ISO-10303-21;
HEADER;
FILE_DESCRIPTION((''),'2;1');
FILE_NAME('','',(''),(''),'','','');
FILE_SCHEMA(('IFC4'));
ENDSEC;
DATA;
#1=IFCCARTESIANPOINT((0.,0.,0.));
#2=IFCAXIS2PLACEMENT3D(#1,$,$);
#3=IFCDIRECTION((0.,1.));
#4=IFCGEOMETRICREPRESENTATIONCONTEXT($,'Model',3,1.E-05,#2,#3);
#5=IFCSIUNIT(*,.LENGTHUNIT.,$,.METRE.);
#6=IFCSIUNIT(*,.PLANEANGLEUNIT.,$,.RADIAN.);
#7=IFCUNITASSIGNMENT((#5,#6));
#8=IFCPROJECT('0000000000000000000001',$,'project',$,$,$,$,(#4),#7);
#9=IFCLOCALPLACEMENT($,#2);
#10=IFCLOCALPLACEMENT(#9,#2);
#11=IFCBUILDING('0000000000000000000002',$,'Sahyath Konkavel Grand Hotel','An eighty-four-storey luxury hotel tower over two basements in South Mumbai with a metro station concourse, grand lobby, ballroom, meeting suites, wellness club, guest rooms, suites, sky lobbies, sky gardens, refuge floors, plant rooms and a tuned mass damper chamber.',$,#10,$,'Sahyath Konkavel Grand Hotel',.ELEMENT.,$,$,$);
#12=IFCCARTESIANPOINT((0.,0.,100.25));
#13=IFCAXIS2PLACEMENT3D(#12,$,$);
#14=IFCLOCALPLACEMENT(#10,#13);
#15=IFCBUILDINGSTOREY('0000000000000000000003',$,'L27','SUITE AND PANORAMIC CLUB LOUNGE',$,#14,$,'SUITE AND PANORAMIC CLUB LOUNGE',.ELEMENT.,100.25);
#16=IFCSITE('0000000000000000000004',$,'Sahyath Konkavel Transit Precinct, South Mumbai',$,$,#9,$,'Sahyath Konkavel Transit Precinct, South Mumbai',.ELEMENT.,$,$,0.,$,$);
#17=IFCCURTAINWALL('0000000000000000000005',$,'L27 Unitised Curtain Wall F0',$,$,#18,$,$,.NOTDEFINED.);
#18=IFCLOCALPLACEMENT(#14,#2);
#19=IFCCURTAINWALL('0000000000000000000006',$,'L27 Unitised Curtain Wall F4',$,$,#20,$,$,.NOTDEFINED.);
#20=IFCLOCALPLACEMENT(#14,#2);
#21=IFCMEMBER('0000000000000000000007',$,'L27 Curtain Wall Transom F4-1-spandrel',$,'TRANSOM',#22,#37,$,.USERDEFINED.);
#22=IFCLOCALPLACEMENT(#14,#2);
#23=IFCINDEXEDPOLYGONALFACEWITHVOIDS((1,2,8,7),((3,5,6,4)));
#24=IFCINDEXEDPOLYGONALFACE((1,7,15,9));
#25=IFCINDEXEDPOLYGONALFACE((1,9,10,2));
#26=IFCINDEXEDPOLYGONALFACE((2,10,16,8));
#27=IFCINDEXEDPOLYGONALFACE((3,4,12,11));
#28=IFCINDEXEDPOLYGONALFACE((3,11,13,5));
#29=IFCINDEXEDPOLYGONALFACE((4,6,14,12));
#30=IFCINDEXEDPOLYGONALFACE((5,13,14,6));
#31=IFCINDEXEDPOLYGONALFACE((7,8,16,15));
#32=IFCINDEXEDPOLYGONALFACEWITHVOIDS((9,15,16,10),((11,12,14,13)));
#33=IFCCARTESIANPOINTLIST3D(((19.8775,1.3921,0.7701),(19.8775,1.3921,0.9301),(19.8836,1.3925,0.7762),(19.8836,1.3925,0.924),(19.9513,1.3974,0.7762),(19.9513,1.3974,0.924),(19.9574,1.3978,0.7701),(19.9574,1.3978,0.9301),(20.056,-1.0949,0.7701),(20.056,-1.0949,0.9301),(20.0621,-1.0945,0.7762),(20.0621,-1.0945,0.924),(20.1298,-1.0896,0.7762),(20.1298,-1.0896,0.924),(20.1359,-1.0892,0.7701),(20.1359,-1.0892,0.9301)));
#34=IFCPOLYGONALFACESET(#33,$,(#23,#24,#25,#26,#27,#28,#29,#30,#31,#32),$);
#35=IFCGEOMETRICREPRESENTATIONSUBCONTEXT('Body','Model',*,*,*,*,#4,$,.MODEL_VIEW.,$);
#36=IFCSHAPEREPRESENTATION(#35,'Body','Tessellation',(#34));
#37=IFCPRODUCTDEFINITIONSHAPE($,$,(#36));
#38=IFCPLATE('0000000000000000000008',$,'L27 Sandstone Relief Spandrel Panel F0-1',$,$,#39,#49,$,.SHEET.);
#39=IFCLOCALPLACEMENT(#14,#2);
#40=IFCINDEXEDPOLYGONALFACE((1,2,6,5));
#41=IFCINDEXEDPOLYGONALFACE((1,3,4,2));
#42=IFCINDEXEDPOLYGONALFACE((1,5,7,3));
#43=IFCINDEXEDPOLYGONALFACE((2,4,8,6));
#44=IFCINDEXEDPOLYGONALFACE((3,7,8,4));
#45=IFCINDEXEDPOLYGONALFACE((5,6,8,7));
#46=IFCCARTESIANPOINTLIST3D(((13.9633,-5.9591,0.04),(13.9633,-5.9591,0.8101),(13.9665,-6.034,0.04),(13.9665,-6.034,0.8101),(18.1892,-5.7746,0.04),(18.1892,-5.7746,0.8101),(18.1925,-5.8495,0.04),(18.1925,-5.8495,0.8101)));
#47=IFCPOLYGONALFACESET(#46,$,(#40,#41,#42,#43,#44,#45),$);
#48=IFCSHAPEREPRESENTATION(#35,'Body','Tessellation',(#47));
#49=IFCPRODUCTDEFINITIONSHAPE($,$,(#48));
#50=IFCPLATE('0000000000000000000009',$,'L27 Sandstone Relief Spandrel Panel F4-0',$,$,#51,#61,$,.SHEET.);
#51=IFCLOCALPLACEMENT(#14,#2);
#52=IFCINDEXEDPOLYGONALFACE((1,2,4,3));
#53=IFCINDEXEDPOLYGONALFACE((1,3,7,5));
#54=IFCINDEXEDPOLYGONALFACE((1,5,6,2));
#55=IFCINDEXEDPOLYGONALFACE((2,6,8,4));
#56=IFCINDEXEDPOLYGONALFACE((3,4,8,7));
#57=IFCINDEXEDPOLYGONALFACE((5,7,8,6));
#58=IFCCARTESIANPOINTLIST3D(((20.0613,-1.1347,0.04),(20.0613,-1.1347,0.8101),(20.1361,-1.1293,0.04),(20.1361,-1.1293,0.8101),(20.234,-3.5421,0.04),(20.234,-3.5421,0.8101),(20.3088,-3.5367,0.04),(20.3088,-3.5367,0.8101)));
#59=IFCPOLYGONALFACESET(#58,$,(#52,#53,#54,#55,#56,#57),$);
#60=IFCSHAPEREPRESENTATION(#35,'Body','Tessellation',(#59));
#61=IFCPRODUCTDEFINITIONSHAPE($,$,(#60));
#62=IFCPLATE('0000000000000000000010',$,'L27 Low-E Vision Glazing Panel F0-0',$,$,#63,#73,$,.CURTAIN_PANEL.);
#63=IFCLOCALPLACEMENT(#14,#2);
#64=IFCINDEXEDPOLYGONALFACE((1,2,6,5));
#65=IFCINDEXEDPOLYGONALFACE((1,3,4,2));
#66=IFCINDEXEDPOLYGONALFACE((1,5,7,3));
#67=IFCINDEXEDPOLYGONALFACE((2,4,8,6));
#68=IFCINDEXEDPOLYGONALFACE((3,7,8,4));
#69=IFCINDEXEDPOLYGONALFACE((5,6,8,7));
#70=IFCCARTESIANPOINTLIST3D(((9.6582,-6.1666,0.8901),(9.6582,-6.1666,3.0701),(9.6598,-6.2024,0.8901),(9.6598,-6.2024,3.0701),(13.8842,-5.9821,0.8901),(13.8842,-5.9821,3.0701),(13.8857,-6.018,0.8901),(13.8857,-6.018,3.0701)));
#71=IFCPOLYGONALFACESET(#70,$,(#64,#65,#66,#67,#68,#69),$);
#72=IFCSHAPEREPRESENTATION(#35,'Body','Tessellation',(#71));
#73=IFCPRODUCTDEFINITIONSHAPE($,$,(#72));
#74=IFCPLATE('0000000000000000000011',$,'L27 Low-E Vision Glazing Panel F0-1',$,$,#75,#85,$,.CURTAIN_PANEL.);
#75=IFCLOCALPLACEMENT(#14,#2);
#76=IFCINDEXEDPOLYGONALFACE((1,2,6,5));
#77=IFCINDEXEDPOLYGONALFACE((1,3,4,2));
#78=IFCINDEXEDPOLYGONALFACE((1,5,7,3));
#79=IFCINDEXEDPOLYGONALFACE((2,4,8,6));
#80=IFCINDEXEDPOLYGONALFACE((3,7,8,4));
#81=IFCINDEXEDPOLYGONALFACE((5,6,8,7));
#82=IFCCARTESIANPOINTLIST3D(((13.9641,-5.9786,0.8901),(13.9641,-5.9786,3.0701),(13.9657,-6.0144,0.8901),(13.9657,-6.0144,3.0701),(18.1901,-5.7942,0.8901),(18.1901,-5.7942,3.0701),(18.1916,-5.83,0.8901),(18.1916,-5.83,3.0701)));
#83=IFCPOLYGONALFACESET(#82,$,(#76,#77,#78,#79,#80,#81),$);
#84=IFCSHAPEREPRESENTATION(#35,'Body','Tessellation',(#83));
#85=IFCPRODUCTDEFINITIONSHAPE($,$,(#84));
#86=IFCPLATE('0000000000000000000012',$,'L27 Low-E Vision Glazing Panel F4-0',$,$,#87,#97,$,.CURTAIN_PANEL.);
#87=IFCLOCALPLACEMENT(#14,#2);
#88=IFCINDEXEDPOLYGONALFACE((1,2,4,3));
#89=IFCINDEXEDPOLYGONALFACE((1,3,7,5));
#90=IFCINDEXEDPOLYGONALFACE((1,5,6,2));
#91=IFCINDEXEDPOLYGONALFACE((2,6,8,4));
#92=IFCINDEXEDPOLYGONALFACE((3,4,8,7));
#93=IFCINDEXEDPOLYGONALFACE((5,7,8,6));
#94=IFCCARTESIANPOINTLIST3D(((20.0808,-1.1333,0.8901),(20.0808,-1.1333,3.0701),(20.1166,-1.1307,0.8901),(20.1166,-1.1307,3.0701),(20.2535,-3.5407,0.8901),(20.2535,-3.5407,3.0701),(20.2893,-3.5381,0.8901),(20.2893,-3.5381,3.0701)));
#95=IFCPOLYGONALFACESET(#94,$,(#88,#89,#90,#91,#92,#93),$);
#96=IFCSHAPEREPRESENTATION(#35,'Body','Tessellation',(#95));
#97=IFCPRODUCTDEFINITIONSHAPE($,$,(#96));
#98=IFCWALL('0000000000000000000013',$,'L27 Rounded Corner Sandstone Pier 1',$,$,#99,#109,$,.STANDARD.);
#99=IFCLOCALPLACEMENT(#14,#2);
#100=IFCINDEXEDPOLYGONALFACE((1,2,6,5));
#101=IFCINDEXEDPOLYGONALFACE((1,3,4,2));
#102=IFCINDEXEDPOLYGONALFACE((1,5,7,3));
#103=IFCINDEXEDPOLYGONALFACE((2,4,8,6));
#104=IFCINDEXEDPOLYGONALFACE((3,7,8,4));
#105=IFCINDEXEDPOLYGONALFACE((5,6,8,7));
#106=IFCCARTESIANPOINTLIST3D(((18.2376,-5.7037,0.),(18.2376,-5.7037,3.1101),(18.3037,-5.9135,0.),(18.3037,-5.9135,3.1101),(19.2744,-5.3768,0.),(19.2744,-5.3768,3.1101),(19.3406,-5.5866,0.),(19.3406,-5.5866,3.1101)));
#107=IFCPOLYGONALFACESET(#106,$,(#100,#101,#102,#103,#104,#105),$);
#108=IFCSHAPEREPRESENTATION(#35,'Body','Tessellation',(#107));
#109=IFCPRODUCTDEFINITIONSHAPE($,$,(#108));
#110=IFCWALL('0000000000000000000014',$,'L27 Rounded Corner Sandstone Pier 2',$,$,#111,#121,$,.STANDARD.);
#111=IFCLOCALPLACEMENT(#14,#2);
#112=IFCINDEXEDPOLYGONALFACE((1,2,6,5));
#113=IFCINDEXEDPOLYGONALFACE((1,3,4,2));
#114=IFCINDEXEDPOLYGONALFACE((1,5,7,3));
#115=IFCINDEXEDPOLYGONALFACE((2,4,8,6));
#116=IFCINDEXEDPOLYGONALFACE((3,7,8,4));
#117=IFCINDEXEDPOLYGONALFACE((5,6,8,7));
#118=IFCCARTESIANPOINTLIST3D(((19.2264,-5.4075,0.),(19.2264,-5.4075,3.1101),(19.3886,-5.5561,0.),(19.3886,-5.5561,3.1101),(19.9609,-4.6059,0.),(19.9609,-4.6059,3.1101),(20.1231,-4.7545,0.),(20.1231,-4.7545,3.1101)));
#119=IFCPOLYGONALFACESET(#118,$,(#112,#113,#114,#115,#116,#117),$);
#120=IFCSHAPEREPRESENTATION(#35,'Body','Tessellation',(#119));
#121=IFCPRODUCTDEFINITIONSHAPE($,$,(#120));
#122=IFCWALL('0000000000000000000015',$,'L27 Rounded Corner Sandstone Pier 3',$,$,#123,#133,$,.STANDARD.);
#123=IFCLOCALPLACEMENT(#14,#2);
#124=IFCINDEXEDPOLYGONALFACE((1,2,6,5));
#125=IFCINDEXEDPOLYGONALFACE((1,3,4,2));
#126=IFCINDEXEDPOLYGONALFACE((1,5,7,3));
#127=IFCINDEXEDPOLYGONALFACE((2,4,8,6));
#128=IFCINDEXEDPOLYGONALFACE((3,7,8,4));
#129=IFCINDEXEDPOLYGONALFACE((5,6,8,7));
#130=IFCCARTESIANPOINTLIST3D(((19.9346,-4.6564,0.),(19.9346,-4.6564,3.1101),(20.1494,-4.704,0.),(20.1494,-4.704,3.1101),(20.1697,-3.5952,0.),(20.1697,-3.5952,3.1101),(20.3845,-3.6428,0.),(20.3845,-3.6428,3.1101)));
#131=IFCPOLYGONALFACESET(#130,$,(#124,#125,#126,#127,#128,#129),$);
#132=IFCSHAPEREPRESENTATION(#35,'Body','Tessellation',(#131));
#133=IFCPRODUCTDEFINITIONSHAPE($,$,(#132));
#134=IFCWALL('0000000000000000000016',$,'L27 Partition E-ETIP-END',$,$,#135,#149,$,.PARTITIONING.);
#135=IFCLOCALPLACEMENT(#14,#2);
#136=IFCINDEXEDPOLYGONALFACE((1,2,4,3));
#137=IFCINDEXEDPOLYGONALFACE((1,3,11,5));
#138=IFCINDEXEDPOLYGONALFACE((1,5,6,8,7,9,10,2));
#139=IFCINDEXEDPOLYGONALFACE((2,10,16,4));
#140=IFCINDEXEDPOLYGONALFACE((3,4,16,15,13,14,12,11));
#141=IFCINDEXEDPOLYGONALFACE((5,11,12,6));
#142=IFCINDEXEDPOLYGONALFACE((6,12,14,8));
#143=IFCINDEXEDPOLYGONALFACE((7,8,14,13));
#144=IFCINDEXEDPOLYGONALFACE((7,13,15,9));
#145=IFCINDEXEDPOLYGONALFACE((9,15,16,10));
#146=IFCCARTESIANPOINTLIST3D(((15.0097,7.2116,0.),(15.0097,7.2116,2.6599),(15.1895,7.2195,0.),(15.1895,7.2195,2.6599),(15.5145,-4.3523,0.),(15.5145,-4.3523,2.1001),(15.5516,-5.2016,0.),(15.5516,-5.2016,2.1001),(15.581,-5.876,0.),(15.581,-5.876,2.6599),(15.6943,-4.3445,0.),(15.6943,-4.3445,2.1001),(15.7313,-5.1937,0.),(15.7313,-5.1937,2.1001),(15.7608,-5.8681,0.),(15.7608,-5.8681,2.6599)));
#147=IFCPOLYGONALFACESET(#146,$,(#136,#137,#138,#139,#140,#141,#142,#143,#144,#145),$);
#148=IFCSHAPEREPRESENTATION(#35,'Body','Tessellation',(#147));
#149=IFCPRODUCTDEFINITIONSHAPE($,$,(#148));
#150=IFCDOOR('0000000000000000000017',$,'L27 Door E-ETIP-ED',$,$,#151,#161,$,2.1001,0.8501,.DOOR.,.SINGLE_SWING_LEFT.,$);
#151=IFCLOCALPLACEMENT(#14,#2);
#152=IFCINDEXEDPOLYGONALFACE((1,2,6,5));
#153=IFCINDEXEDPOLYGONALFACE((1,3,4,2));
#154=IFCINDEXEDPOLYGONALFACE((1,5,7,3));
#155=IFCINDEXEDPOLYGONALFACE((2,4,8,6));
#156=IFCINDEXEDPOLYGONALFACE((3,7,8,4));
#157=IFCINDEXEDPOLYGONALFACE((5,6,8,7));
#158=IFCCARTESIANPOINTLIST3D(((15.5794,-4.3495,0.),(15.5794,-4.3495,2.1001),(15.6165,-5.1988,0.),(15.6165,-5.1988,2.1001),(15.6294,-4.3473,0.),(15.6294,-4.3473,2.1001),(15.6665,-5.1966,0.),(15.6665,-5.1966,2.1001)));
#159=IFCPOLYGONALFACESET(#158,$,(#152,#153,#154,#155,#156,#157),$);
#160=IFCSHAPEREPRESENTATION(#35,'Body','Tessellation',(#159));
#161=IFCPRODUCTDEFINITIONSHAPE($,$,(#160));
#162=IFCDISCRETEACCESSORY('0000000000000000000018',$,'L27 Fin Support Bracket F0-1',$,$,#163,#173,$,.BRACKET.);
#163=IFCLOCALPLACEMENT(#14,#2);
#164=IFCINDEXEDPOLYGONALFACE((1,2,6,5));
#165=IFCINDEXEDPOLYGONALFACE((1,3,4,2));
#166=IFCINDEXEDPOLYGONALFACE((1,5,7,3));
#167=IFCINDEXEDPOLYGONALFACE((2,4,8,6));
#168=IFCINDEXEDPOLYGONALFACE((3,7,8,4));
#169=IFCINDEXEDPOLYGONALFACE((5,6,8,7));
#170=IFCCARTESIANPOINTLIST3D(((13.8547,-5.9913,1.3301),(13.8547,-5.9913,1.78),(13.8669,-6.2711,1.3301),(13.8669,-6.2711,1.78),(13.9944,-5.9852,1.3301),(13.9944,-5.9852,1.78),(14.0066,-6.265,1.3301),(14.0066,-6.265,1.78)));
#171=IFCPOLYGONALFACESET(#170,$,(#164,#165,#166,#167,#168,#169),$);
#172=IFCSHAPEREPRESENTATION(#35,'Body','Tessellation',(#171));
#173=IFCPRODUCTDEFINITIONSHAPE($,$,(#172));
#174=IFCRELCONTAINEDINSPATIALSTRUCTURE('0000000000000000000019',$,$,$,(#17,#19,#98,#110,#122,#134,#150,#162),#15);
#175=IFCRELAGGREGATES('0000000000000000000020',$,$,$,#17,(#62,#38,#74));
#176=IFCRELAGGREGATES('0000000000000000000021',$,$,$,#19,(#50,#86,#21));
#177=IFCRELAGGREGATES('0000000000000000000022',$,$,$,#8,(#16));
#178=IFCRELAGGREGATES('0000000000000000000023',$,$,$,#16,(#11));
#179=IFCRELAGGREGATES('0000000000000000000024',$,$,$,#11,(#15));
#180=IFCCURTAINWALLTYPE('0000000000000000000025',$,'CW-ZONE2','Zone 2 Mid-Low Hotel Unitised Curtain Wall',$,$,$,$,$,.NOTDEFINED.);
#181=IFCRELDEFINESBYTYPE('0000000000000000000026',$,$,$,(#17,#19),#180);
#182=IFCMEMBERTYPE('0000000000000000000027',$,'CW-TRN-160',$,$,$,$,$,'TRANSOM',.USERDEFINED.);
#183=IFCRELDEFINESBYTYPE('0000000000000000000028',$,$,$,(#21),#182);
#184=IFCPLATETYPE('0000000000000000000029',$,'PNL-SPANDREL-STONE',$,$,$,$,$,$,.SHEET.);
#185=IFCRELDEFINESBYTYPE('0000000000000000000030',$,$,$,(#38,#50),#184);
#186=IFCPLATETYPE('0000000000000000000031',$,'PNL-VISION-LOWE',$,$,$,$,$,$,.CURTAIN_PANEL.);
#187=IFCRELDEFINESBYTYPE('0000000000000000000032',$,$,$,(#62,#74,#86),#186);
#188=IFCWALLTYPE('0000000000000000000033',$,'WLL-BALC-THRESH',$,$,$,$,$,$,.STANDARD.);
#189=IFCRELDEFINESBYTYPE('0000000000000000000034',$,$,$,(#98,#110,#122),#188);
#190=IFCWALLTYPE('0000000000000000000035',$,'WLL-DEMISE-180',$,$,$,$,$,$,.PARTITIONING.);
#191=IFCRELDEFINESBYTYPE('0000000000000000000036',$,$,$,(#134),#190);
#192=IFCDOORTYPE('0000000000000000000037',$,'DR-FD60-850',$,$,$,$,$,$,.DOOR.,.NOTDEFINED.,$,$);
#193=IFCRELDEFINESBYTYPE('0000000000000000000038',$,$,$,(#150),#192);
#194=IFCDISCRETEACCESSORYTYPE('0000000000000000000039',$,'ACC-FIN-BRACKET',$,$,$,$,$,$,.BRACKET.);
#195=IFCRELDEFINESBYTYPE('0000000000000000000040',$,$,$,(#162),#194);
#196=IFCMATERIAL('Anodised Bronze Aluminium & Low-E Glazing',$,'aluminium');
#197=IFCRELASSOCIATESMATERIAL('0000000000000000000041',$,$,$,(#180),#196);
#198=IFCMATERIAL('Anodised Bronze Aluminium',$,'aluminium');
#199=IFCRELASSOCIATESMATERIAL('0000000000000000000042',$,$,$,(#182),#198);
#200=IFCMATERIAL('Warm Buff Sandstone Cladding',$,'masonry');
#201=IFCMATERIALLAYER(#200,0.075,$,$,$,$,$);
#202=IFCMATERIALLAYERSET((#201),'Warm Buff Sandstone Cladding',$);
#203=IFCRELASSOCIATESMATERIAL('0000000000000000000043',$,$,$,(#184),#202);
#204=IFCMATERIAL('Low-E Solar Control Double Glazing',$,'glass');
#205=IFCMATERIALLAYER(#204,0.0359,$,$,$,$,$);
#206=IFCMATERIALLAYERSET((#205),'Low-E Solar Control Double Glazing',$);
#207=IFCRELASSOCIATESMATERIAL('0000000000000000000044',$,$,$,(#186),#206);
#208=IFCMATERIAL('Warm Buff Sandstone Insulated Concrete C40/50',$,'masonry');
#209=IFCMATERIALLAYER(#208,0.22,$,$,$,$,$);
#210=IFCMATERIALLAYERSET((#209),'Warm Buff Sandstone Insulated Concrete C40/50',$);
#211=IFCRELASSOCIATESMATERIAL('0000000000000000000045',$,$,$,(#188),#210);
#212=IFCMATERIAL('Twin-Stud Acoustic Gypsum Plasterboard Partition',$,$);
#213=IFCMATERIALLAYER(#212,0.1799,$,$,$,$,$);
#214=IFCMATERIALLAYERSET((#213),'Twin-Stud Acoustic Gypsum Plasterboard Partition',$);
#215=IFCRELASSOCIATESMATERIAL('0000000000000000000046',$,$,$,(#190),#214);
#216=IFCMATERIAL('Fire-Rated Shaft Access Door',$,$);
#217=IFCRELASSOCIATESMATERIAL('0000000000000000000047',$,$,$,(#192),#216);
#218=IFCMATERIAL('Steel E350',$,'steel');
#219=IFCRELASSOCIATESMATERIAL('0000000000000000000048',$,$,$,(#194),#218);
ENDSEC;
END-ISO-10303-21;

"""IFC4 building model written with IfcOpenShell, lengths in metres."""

from ifc_helpers import new_model, si_unit, direction, frame, frame_2d, origin, origin_2d, place, context, subcontext, project, spatial, rectangle, hollow_rectangle, extrude, source, transform, mapped, material, layer, layer_set, material_profile, profile_set, type_object, element, fill, aggregate, save


model = new_model("IFC4")

# Units and contexts
model_context = context("Model", 3, precision=1e-05, world=origin(), true_north=direction((0.0, 1.0)))
body_context = subcontext(model_context, "Body", "Model", "MODEL_VIEW")
ifc_project = project(units=[si_unit("LENGTHUNIT", "METRE"), si_unit("PLANEANGLEUNIT", "RADIAN")], contexts=[model_context])

# Site, building, storey
site_placement = place(None, origin())
site = spatial("IfcSite", under=ifc_project, at=site_placement, Name="Sahyath Konkavel Transit Precinct, South Mumbai", LongName="Sahyath Konkavel Transit Precinct, South Mumbai", CompositionType="ELEMENT", RefElevation=0.0)
building_placement = place(site_placement, origin())
building = spatial("IfcBuilding", under=site, at=building_placement, Name="Sahyath Konkavel Grand Hotel", Description="An eighty-four-storey luxury hotel tower over two basements in South Mumbai with a metro station concourse, grand lobby, ballroom, meeting suites, wellness club, guest rooms, suites, sky lobbies, sky gardens, refuge floors, plant rooms and a tuned mass damper chamber.", LongName="Sahyath Konkavel Grand Hotel", CompositionType="ELEMENT")
storey_placement = place(building_placement, frame((0.0, 0.0, 100.25)))
storey = spatial("IfcBuildingStorey", under=building, at=storey_placement, Name="L27", Description="SUITE AND PANORAMIC CLUB LOUNGE", LongName="SUITE AND PANORAMIC CLUB LOUNGE", CompositionType="ELEMENT", Elevation=100.25)

# Shared definitions
ifc_material_1 = material(Name="Steel E350", Category="steel")

# Curtain walls
ifc_material_2 = material(Name="Anodised Bronze Aluminium & Low-E Glazing", Category="aluminium")
curtain_wall_type = type_object("IfcCurtainWallType", Name="CW-ZONE2", Description="Zone 2 Mid-Low Hotel Unitised Curtain Wall", PredefinedType="NOTDEFINED", material=ifc_material_2)
curtain_wall_1_placement = place(storey_placement, origin())
curtain_wall_1 = element("IfcCurtainWall", 1, at=curtain_wall_1_placement, inside=storey, type_object=curtain_wall_type, Name="L27 Unitised Curtain Wall F0", PredefinedType="NOTDEFINED")
ifc_material_3 = material(Name="Anodised Bronze Aluminium", Category="aluminium")
curtain_wall_2_placement = place(storey_placement, origin())
curtain_wall_2 = element("IfcCurtainWall", 2, at=curtain_wall_2_placement, inside=storey, type_object=curtain_wall_type, Name="L27 Unitised Curtain Wall F4", PredefinedType="NOTDEFINED")

# Member
ifc_material_profile_1 = material_profile(ifc_material_3, hollow_rectangle(XDim=0.0801, YDim=0.1599, WallThickness=0.0061, at=origin_2d()), Name="RHS 160x80x6")
ifc_profile_set_1 = profile_set([ifc_material_profile_1], Name="Anodised Bronze Aluminium")
member_type_1 = type_object("IfcMemberType", Name="CW-TRN-160", ElementType="TRANSOM", PredefinedType="USERDEFINED", material=ifc_profile_set_1)
shared_shape_1 = source(origin(), body_context, "Body", "SweptSolid", [
    extrude(hollow_rectangle(XDim=0.0801, YDim=0.1599, WallThickness=0.0061, at=origin_2d()), origin(), (0.0, 0.0, 1.0), 2.4934),
])
member_1_placement = place(storey_placement, frame((20.0959, -1.092, 0.8501), z_axis=(-0.071574, 0.997435, 0.0), x_axis=(-0.997435, -0.071574, 0.0)))
member_1 = element("IfcMember", 3, at=member_1_placement, type_object=member_type_1, Name="L27 Curtain Wall Transom F4-1-spandrel", ObjectType="TRANSOM", PredefinedType="USERDEFINED", context=body_context, shape_type="MappedRepresentation", body=[
    mapped(shared_shape_1, transform((0.0, 0.0, 0.0), scale=1.0)),
])

# Plates
ifc_material_4 = material(Name="Warm Buff Sandstone Cladding", Category="masonry")
ifc_layer_1 = layer(ifc_material_4, 0.075)
ifc_layer_set_1 = layer_set([ifc_layer_1], Name="Warm Buff Sandstone Cladding")
plate_type_1 = type_object("IfcPlateType", Name="PNL-SPANDREL-STONE", PredefinedType="SHEET", material=ifc_layer_set_1)
shared_shape_2 = source(origin(), body_context, "Body", "SweptSolid", [
    extrude(rectangle(XDim=4.23, YDim=0.075, at=origin_2d()), origin(), (0.0, 0.0, 1.0), 0.77),
])
plate_1_placement = place(storey_placement, frame((16.0779, -5.9043, 0.04), z_axis=(0.0, 0.0, 1.0), x_axis=(0.999049, 0.043602, 0.0)))
plate_1 = element("IfcPlate", 4, at=plate_1_placement, type_object=plate_type_1, Name="L27 Sandstone Relief Spandrel Panel F0-1", PredefinedType="SHEET", context=body_context, shape_type="MappedRepresentation", body=[
    mapped(shared_shape_2, transform((0.0, 0.0, 0.0), scale=1.0)),
])
shared_shape_3 = source(origin(), body_context, "Body", "SweptSolid", [
    extrude(rectangle(XDim=2.4136, YDim=0.075, at=origin_2d()), origin(), (0.0, 0.0, 1.0), 0.77),
])
plate_2_placement = place(storey_placement, frame((20.1851, -2.3357, 0.04), z_axis=(0.0, 0.0, 1.0), x_axis=(-0.071567, 0.997436, 0.0)))
plate_2 = element("IfcPlate", 5, at=plate_2_placement, type_object=plate_type_1, Name="L27 Sandstone Relief Spandrel Panel F4-0", PredefinedType="SHEET", context=body_context, shape_type="MappedRepresentation", body=[
    mapped(shared_shape_3, transform((0.0, 0.0, 0.0), scale=1.0)),
])
ifc_material_5 = material(Name="Low-E Solar Control Double Glazing", Category="glass")
ifc_layer_2 = layer(ifc_material_5, 0.0359)
ifc_layer_set_2 = layer_set([ifc_layer_2], Name="Low-E Solar Control Double Glazing")
plate_type_2 = type_object("IfcPlateType", Name="PNL-VISION-LOWE", PredefinedType="CURTAIN_PANEL", material=ifc_layer_set_2)
shared_shape_4 = source(origin(), body_context, "Body", "SweptSolid", [
    extrude(rectangle(XDim=4.23, YDim=0.0359, at=origin_2d()), origin(), (0.0, 0.0, 1.0), 2.1799),
])
plate_3_placement = place(storey_placement, frame((11.772, -6.0923, 0.8901), z_axis=(0.0, 0.0, 1.0), x_axis=(0.999049, 0.043602, 0.0)))
plate_3 = element("IfcPlate", 6, at=plate_3_placement, type_object=plate_type_2, Name="L27 Low-E Vision Glazing Panel F0-0", PredefinedType="CURTAIN_PANEL", context=body_context, shape_type="MappedRepresentation", body=[
    mapped(shared_shape_4, transform((0.0, 0.0, 0.0), scale=1.0)),
])
plate_4_placement = place(storey_placement, frame((16.0779, -5.9043, 0.8901), z_axis=(0.0, 0.0, 1.0), x_axis=(0.999049, 0.043602, 0.0)))
plate_4 = element("IfcPlate", 7, at=plate_4_placement, type_object=plate_type_2, Name="L27 Low-E Vision Glazing Panel F0-1", PredefinedType="CURTAIN_PANEL", context=body_context, shape_type="MappedRepresentation", body=[
    mapped(shared_shape_4, transform((0.0, 0.0, 0.0), scale=1.0)),
])
aggregate(curtain_wall_1, [plate_3, plate_1, plate_4])
shared_shape_5 = source(origin(), body_context, "Body", "SweptSolid", [
    extrude(rectangle(XDim=2.4136, YDim=0.0359, at=origin_2d()), origin(), (0.0, 0.0, 1.0), 2.1799),
])
plate_5_placement = place(storey_placement, frame((20.1851, -2.3357, 0.8901), z_axis=(0.0, 0.0, 1.0), x_axis=(-0.071567, 0.997436, 0.0)))
plate_5 = element("IfcPlate", 8, at=plate_5_placement, type_object=plate_type_2, Name="L27 Low-E Vision Glazing Panel F4-0", PredefinedType="CURTAIN_PANEL", context=body_context, shape_type="MappedRepresentation", body=[
    mapped(shared_shape_5, transform((0.0, 0.0, 0.0), scale=1.0)),
])
aggregate(curtain_wall_2, [plate_2, plate_5, member_1])

# Walls
ifc_material_6 = material(Name="Warm Buff Sandstone Insulated Concrete C40/50", Category="masonry")
ifc_layer_3 = layer(ifc_material_6, 0.22)
ifc_layer_set_3 = layer_set([ifc_layer_3], Name="Warm Buff Sandstone Insulated Concrete C40/50")
wall_type_1 = type_object("IfcWallType", Name="WLL-BALC-THRESH", PredefinedType="STANDARD", material=ifc_layer_set_3)
for number, where, z_axis, x_axis, name in (
    (9, (18.2708, -5.8086, 0.0), (0.0, 0.0, 1.0), (0.953722, 0.300691, 0.0), "L27 Rounded Corner Sandstone Pier 1"),
    (10, (19.3076, -5.4817, 0.0), (0.0, 0.0, 1.0), (0.675552, 0.737313, 0.0), "L27 Rounded Corner Sandstone Pier 2"),
):
    element("IfcWall", number, at=place(storey_placement, frame(where, z_axis=z_axis, x_axis=x_axis)), inside=storey, type_object=wall_type_1, Name=name, PredefinedType="STANDARD", context=body_context, shape_type="SweptSolid", body=[
        extrude(rectangle(XDim=1.0872, YDim=0.22, at=frame_2d((0.5435, 0.0))), origin(), (0.0, 0.0, 1.0), 3.1101),
    ])
wall_1_placement = place(storey_placement, frame((20.042, -4.6802, 0.0), z_axis=(0.0, 0.0, 1.0), x_axis=(0.216288, 0.97633, 0.0)))
element("IfcWall", 11, at=wall_1_placement, inside=storey, type_object=wall_type_1, Name="L27 Rounded Corner Sandstone Pier 3", PredefinedType="STANDARD", context=body_context, shape_type="SweptSolid", body=[
    extrude(rectangle(XDim=1.0869, YDim=0.22, at=frame_2d((0.5435, 0.0))), origin(), (0.0, 0.0, 1.0), 3.1101),
])

# Wall, opening, door
ifc_material_7 = material(Name="Twin-Stud Acoustic Gypsum Plasterboard Partition")
ifc_layer_4 = layer(ifc_material_7, 0.1799)
ifc_layer_set_4 = layer_set([ifc_layer_4], Name="Twin-Stud Acoustic Gypsum Plasterboard Partition")
wall_type_2 = type_object("IfcWallType", Name="WLL-DEMISE-180", PredefinedType="PARTITIONING", material=ifc_layer_set_4)
wall_2_placement = place(storey_placement, frame((15.6709, -5.8721, 0.0), z_axis=(0.0, 0.0, 1.0), x_axis=(-0.043609, 0.999049, 0.0)))
wall_2 = element("IfcWall", 12, at=wall_2_placement, inside=storey, type_object=wall_type_2, Name="L27 Partition E-ETIP-END", PredefinedType="PARTITIONING", context=body_context, shape_type="SweptSolid", body=[
    extrude(rectangle(XDim=13.1001, YDim=0.1799, at=frame_2d((6.55, 0.0))), origin(), (0.0, 0.0, 1.0), 2.6599),
])
opening_placement = place(wall_2_placement, frame((0.675, 0.0, 0.0)))
opening = element("IfcOpeningElement", 13, at=opening_placement, cuts=wall_2, PredefinedType="OPENING", context=body_context, shape_type="SweptSolid", body=[
    extrude(rectangle(XDim=0.8501, YDim=2.1001, at=frame_2d((0.425, 1.05))), frame((0.0, 0.1001, 0.0), z_axis=(0.0, -1.0, 0.0), x_axis=(1.0, 0.0, 0.0)), (0.0, 0.0, 1.0), 0.2),
])
ifc_material_8 = material(Name="Fire-Rated Shaft Access Door")
door_type = type_object("IfcDoorType", Name="DR-FD60-850", OperationType="NOTDEFINED", PredefinedType="DOOR", material=ifc_material_8)
shared_shape_6 = source(origin(), body_context, "Body", "SweptSolid", [
    extrude(rectangle(XDim=0.8501, YDim=0.05, at=origin_2d()), origin(), (0.0, 0.0, 1.0), 2.1001),
])
door_placement = place(opening_placement, frame((0.425, 0.0, 0.0)))
door = element("IfcDoor", 14, at=door_placement, inside=storey, type_object=door_type, Name="L27 Door E-ETIP-ED", OperationType="SINGLE_SWING_LEFT", OverallHeight=2.1001, OverallWidth=0.8501, PredefinedType="DOOR", context=body_context, shape_type="MappedRepresentation", body=[
    mapped(shared_shape_6, transform((0.0, 0.0, 0.0), scale=1.0)),
])
fill(opening, door)

# Discrete accessory
discrete_accessory_type = type_object("IfcDiscreteAccessoryType", Name="ACC-FIN-BRACKET", PredefinedType="BRACKET", material=ifc_material_1)
shared_shape_7 = source(origin(), body_context, "Body", "SweptSolid", [
    extrude(rectangle(XDim=0.28, YDim=0.1399, at=origin_2d()), origin(), (0.0, 0.0, 1.0), 0.45),
])
discrete_accessory_placement = place(storey_placement, frame((13.9307, -6.1282, 1.3301), z_axis=(0.0, 0.0, 1.0), x_axis=(0.043602, -0.999049, 0.0)))
element("IfcDiscreteAccessory", 15, at=discrete_accessory_placement, inside=storey, type_object=discrete_accessory_type, Name="L27 Fin Support Bracket F0-1", PredefinedType="BRACKET", context=body_context, shape_type="MappedRepresentation", body=[
    mapped(shared_shape_7, transform((0.0, 0.0, 0.0), scale=1.0)),
])

save(model, "model.ifc")
